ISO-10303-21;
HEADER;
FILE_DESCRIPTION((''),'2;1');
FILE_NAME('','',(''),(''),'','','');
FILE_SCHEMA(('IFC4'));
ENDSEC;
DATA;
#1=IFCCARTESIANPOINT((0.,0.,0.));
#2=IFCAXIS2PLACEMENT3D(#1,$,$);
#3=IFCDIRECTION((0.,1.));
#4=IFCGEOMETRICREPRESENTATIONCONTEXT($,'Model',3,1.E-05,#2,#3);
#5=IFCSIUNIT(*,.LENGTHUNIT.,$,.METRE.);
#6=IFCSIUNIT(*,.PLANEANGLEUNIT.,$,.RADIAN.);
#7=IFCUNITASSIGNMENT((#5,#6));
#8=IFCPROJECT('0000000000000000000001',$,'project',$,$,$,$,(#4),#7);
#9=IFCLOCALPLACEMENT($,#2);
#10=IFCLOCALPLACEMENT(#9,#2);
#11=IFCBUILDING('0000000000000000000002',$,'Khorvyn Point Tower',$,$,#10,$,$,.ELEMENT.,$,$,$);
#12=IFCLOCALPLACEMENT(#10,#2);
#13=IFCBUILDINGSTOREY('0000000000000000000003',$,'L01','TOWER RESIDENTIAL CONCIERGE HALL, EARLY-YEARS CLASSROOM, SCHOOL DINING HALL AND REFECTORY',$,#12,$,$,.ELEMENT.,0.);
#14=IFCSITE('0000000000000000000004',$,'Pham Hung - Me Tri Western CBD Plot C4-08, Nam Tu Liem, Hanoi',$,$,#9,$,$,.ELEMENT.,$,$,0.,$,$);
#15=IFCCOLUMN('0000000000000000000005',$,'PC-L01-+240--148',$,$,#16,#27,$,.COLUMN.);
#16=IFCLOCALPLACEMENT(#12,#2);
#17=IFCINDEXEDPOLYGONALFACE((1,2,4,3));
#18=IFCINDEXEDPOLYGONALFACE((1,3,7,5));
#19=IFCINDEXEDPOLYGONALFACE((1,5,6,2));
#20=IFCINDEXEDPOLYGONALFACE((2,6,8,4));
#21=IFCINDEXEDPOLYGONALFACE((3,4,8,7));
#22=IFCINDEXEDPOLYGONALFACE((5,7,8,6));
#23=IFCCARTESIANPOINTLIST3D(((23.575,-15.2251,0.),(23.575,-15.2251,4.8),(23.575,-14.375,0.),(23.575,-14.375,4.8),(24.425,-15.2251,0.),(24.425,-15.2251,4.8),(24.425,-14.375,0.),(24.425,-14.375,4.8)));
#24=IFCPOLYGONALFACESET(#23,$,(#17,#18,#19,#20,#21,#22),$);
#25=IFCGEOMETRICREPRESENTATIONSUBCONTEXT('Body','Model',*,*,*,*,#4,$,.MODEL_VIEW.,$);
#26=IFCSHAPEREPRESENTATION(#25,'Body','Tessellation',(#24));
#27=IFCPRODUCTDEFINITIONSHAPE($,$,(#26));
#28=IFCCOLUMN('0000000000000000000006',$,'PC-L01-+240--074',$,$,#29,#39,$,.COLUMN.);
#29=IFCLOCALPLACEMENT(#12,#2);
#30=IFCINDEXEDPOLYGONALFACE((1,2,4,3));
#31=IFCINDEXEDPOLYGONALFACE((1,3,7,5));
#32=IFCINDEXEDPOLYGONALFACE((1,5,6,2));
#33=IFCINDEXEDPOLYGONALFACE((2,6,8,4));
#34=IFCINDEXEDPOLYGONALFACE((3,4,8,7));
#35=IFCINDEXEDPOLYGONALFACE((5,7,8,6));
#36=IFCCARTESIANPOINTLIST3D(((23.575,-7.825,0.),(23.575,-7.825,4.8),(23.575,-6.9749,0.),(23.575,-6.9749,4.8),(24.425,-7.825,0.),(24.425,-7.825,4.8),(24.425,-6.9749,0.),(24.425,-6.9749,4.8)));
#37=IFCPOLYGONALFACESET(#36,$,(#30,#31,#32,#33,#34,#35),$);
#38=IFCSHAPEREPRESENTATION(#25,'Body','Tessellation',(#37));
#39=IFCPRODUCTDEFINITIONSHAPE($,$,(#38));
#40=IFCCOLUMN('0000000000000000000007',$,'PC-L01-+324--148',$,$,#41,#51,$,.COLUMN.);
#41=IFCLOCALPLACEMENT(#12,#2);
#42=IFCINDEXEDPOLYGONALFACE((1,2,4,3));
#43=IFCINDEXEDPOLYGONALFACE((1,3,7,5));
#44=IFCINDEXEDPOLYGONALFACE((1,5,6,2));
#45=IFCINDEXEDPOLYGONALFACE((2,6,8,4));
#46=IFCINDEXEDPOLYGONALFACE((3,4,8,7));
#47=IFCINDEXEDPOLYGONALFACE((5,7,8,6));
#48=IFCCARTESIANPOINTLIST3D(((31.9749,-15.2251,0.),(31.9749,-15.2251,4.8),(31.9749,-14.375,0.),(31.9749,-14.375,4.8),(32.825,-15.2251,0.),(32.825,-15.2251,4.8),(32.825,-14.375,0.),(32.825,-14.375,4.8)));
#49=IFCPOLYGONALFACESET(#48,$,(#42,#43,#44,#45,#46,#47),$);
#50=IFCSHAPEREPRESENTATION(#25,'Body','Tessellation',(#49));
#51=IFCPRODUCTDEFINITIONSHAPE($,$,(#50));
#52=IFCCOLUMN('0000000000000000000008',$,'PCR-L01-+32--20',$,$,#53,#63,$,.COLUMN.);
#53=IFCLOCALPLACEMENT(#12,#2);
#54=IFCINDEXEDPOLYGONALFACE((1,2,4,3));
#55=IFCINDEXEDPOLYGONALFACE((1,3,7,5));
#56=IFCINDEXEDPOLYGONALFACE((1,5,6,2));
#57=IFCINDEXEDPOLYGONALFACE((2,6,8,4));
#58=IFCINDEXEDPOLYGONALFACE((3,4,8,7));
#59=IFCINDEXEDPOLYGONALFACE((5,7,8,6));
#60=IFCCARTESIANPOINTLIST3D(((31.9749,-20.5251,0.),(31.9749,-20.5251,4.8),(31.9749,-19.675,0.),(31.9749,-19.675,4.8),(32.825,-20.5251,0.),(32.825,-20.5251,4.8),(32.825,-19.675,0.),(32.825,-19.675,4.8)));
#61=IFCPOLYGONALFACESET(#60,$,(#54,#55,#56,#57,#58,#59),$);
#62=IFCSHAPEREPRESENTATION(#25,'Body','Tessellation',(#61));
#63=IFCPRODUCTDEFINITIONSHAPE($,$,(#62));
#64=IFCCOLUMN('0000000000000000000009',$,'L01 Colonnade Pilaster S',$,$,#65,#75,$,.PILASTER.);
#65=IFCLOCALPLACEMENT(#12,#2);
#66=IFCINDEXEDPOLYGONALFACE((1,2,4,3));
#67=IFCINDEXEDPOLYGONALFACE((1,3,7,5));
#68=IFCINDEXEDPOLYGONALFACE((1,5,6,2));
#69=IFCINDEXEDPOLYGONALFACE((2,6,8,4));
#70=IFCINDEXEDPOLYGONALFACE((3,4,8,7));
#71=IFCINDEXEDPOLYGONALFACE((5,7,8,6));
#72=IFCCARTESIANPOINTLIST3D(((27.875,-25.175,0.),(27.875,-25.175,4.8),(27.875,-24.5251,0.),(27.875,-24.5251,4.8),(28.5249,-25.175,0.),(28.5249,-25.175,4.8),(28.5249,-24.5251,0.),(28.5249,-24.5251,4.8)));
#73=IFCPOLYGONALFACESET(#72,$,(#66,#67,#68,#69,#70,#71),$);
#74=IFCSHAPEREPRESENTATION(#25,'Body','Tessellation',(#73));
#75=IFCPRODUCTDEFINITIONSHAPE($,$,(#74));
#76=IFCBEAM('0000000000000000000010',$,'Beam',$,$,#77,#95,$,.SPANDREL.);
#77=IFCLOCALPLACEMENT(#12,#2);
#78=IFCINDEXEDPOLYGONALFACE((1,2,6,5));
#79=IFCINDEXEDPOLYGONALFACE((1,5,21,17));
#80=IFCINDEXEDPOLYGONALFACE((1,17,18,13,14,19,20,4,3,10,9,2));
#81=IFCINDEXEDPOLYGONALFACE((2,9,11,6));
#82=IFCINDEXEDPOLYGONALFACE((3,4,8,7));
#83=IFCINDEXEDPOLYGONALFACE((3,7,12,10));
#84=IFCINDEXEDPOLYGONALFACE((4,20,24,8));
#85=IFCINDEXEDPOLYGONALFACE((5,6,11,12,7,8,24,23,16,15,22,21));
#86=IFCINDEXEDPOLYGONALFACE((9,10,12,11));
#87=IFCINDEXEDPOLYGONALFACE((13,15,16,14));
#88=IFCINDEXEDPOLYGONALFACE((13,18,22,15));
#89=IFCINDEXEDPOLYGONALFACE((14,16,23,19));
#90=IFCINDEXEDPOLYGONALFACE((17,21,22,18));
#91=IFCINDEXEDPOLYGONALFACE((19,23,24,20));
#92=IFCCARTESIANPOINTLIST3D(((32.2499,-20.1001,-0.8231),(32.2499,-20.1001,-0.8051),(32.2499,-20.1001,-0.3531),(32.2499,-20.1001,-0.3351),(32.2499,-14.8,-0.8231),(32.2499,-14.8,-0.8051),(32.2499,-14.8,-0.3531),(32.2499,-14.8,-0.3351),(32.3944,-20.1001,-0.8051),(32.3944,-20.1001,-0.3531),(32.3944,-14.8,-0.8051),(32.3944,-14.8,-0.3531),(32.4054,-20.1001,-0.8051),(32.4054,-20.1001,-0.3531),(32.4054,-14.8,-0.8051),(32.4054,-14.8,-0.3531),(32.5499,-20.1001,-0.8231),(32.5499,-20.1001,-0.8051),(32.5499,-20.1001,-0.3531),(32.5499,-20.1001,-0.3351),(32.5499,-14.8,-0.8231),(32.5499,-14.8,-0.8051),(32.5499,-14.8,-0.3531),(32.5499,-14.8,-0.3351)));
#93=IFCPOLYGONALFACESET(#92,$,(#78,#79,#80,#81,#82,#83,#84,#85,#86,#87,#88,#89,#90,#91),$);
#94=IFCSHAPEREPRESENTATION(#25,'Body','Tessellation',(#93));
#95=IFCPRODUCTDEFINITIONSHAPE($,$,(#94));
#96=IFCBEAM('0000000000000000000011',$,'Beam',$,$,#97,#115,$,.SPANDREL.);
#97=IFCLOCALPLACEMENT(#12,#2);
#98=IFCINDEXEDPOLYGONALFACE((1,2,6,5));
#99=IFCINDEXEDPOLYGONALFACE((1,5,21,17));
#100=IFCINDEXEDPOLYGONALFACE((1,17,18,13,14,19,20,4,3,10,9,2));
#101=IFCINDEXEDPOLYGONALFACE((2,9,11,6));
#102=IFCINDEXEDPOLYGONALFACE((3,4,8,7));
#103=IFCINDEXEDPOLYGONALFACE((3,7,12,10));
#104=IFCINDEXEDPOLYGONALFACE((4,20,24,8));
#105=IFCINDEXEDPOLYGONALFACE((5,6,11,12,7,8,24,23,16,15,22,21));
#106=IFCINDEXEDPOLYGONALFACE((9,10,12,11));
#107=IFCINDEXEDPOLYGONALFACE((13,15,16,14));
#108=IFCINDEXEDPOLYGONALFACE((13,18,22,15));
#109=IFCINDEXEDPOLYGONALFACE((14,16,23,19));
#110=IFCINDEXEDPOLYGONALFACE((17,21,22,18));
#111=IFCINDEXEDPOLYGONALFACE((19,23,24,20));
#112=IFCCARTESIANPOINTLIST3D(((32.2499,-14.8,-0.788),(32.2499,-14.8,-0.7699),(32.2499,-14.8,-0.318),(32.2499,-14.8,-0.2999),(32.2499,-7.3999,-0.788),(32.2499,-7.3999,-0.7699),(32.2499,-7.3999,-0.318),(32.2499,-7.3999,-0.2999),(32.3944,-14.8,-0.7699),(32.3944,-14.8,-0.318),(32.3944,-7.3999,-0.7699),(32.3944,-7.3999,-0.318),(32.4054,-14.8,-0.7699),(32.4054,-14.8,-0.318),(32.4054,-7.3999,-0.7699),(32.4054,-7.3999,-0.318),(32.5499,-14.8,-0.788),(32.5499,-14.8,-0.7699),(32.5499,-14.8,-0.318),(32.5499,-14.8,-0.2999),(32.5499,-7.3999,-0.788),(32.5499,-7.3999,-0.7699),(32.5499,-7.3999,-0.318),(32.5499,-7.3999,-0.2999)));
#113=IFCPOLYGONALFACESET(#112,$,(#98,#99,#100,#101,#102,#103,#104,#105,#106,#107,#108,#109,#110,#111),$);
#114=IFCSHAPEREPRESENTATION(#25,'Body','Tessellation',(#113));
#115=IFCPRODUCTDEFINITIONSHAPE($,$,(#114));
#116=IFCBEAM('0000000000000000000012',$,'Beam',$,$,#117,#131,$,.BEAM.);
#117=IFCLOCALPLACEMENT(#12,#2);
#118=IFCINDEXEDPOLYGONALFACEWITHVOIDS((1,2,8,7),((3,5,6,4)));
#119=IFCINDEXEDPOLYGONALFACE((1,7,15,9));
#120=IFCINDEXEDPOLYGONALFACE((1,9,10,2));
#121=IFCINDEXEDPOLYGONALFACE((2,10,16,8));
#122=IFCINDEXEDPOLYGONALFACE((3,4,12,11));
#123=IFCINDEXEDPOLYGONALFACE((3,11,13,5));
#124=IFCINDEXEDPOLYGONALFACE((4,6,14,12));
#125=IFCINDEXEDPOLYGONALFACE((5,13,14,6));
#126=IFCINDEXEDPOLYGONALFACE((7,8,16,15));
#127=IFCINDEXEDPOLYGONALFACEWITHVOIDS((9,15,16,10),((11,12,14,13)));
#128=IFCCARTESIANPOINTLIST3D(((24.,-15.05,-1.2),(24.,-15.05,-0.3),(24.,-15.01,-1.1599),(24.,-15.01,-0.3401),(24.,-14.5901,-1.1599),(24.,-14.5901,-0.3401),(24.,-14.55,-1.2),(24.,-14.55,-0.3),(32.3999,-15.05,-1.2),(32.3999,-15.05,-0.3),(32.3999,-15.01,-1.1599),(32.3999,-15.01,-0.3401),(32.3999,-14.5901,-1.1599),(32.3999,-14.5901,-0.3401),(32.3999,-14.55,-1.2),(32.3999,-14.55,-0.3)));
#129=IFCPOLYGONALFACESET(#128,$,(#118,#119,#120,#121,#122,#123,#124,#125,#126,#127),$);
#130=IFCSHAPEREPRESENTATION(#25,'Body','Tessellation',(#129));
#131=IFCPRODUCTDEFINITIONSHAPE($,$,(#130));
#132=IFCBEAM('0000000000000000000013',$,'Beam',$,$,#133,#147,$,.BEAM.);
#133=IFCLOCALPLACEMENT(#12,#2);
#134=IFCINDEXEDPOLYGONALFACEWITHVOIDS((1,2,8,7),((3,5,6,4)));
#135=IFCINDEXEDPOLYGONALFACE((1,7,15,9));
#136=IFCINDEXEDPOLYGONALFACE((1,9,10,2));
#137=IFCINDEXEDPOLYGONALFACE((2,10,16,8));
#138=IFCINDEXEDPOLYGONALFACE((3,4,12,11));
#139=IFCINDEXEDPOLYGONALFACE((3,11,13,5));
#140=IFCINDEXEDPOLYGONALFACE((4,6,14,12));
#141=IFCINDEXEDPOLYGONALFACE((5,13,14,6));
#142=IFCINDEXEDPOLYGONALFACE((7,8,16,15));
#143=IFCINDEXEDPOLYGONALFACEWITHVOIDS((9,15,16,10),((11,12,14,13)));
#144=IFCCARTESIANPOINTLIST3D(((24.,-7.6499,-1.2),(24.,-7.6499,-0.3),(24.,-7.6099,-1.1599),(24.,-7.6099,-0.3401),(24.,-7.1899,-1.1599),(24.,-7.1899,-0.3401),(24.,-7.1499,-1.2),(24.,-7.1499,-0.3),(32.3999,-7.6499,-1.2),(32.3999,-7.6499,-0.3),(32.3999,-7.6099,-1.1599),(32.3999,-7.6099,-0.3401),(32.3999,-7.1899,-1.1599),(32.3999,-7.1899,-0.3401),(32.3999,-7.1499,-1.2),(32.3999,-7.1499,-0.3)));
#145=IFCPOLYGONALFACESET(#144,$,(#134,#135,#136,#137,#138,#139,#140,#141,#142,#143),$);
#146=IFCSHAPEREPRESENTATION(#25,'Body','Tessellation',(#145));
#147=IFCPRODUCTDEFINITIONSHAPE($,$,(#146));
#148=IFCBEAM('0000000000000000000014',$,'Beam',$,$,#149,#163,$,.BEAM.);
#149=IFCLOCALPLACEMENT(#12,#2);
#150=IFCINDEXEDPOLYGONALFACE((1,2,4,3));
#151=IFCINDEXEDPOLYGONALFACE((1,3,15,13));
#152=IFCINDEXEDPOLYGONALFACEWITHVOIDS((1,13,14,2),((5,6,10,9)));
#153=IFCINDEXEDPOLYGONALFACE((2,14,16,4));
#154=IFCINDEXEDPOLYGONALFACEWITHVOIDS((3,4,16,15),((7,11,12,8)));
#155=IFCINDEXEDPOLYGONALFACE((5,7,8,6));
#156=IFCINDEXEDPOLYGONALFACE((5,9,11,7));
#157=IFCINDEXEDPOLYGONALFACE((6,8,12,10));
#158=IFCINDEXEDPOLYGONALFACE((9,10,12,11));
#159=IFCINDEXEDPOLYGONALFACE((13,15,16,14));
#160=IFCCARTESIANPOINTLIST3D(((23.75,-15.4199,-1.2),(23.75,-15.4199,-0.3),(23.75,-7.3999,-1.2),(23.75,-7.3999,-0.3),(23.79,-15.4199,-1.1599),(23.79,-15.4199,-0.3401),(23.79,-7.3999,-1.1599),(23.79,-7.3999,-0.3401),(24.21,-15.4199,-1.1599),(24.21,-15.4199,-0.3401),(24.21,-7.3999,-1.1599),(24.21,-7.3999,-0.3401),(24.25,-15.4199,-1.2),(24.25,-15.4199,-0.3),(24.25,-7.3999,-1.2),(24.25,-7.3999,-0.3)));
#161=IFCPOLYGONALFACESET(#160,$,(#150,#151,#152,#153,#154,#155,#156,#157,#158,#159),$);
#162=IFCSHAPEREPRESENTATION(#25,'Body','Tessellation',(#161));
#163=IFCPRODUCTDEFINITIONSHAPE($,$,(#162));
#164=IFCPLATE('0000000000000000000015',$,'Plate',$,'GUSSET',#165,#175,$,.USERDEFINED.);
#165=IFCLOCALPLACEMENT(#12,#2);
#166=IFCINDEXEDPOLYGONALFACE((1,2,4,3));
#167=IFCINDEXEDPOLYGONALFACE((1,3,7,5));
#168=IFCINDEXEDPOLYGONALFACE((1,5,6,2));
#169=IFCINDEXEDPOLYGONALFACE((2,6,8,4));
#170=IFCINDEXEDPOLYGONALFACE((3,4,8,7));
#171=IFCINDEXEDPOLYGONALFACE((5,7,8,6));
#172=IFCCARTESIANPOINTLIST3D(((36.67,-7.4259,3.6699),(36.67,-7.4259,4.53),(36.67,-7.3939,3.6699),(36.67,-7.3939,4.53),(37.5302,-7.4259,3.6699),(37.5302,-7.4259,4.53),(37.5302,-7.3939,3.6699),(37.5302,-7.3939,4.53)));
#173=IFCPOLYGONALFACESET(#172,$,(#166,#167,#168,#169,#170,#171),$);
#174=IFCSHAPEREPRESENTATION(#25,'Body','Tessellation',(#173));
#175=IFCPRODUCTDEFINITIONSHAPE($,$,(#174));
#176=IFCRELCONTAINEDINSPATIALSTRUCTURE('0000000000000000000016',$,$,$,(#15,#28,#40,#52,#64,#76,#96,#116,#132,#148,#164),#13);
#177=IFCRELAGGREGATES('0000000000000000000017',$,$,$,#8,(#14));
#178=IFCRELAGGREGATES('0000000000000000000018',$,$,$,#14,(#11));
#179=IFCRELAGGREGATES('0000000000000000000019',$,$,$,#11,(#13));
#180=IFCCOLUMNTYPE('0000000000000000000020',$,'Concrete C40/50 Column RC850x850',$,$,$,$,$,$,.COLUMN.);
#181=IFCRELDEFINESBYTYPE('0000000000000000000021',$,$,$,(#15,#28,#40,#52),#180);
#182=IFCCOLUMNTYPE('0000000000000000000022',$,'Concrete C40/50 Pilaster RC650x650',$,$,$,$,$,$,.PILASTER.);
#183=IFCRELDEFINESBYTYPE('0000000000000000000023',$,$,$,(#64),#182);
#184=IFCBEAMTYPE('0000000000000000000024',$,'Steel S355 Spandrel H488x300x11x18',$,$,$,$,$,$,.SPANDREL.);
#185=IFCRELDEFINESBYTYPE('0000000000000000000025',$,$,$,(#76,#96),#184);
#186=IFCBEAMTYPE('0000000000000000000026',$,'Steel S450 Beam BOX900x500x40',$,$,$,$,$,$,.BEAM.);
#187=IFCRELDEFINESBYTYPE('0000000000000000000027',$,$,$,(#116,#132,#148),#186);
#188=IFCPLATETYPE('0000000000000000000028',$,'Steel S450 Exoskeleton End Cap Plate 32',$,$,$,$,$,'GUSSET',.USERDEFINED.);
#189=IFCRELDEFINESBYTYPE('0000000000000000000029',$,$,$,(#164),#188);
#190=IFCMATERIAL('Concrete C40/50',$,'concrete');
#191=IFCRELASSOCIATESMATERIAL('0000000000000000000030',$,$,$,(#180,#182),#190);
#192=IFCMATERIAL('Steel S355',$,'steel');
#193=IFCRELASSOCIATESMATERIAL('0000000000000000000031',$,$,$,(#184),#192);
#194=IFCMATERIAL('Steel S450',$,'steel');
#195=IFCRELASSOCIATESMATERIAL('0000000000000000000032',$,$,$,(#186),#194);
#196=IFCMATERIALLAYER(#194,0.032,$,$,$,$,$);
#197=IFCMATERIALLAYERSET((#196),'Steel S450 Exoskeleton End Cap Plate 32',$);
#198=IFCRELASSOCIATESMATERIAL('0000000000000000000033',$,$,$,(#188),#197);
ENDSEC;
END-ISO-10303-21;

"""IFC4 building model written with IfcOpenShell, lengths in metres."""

from ifc_helpers import new_model, si_unit, direction, frame, origin, origin_2d, place, context, subcontext, project, spatial, rectangle, hollow_rectangle, i_section, extrude, material, layer, layer_set, material_profile, profile_set, type_object, element, save


model = new_model("IFC4")

# Units and contexts
model_context = context("Model", 3, precision=1e-05, world=origin(), true_north=direction((0.0, 1.0)))
body_context = subcontext(model_context, "Body", "Model", "MODEL_VIEW")
ifc_project = project(units=[si_unit("LENGTHUNIT", "METRE"), si_unit("PLANEANGLEUNIT", "RADIAN")], contexts=[model_context])

# Site, building, storey
site_placement = place(None, origin())
site = spatial("IfcSite", under=ifc_project, at=site_placement, Name="Pham Hung - Me Tri Western CBD Plot C4-08, Nam Tu Liem, Hanoi", CompositionType="ELEMENT", RefElevation=0.0)
building_placement = place(site_placement, origin())
building = spatial("IfcBuilding", under=site, at=building_placement, Name="Khorvyn Point Tower", CompositionType="ELEMENT")
storey_placement = place(building_placement, origin())
storey = spatial("IfcBuildingStorey", under=building, at=storey_placement, Name="L01", Description="TOWER RESIDENTIAL CONCIERGE HALL, EARLY-YEARS CLASSROOM, SCHOOL DINING HALL AND REFECTORY", CompositionType="ELEMENT", Elevation=0.0)

# Columns
ifc_material_1 = material(Name="Concrete C40/50", Category="concrete")
ifc_material_profile_1 = material_profile(ifc_material_1, rectangle(XDim=0.8501, YDim=0.8501, at=origin_2d()))
ifc_profile_set_1 = profile_set([ifc_material_profile_1], Name="Concrete C40/50 RC850x850")
column_type_1 = type_object("IfcColumnType", Name="Concrete C40/50 Column RC850x850", PredefinedType="COLUMN", material=ifc_profile_set_1)
for number, where, z_axis, x_axis, name in (
    (1, (24.0, -14.8, 0.0), (0.0, 0.0, 1.0), (1.0, 0.0, 0.0), "PC-L01-+240--148"),
    (2, (24.0, -7.3999, 0.0), (0.0, 0.0, 1.0), (1.0, 0.0, 0.0), "PC-L01-+240--074"),
    (3, (32.3999, -14.8, 0.0), (0.0, 0.0, 1.0), (1.0, 0.0, 0.0), "PC-L01-+324--148"),
    (4, (32.3999, -20.1001, 0.0), (0.0, 0.0, 1.0), (1.0, 0.0, 0.0), "PCR-L01-+32--20"),
):
    element("IfcColumn", number, at=place(storey_placement, frame(where, z_axis=z_axis, x_axis=x_axis)), inside=storey, type_object=column_type_1, Name=name, PredefinedType="COLUMN", context=body_context, shape_type="SweptSolid", body=[
        extrude(rectangle(XDim=0.8501, YDim=0.8501, at=origin_2d()), origin(), (0.0, 0.0, 1.0), 4.8),
    ])
ifc_material_profile_2 = material_profile(ifc_material_1, rectangle(XDim=0.6499, YDim=0.6499, at=origin_2d()))
ifc_profile_set_2 = profile_set([ifc_material_profile_2], Name="Concrete C40/50 RC650x650")
column_type_2 = type_object("IfcColumnType", Name="Concrete C40/50 Pilaster RC650x650", PredefinedType="PILASTER", material=ifc_profile_set_2)
column_placement = place(storey_placement, frame((28.2, -24.8501, 0.0), z_axis=(0.0, 0.0, 1.0), x_axis=(1.0, 0.0, 0.0)))
element("IfcColumn", 5, at=column_placement, inside=storey, type_object=column_type_2, Name="L01 Colonnade Pilaster S", PredefinedType="PILASTER", context=body_context, shape_type="SweptSolid", body=[
    extrude(rectangle(XDim=0.6499, YDim=0.6499, at=origin_2d()), origin(), (0.0, 0.0, 1.0), 4.8),
])

# Beams
ifc_material_2 = material(Name="Steel S355", Category="steel")
ifc_material_profile_3 = material_profile(ifc_material_2, i_section(OverallWidth=0.3, OverallDepth=0.488, WebThickness=0.011, FlangeThickness=0.0181, at=origin_2d()))
ifc_profile_set_3 = profile_set([ifc_material_profile_3], Name="Steel S355 H488x300x11x18")
beam_type_1 = type_object("IfcBeamType", Name="Steel S355 Spandrel H488x300x11x18", PredefinedType="SPANDREL", material=ifc_profile_set_3)
beam_1_placement = place(storey_placement, frame((32.3999, -20.1001, -0.5791), z_axis=(0.0, 1.0, 0.0), x_axis=(-1.0, 0.0, 0.0)))
element("IfcBeam", 6, at=beam_1_placement, inside=storey, type_object=beam_type_1, Name="Beam", PredefinedType="SPANDREL", context=body_context, shape_type="SweptSolid", body=[
    extrude(i_section(OverallWidth=0.3, OverallDepth=0.488, WebThickness=0.011, FlangeThickness=0.0181, at=origin_2d()), origin(), (0.0, 0.0, 1.0), 5.3),
])
beam_2_placement = place(storey_placement, frame((32.3999, -14.8, -0.5439), z_axis=(0.0, 1.0, 0.0), x_axis=(-1.0, 0.0, 0.0)))
element("IfcBeam", 7, at=beam_2_placement, inside=storey, type_object=beam_type_1, Name="Beam", PredefinedType="SPANDREL", context=body_context, shape_type="SweptSolid", body=[
    extrude(i_section(OverallWidth=0.3, OverallDepth=0.488, WebThickness=0.011, FlangeThickness=0.0181, at=origin_2d()), origin(), (0.0, 0.0, 1.0), 7.4001),
])
ifc_material_3 = material(Name="Steel S450", Category="steel")
ifc_material_profile_4 = material_profile(ifc_material_3, hollow_rectangle(XDim=0.5, YDim=0.8999, WallThickness=0.04, at=origin_2d()))
ifc_profile_set_4 = profile_set([ifc_material_profile_4], Name="Steel S450 BOX900x500x40")
beam_type_2 = type_object("IfcBeamType", Name="Steel S450 Beam BOX900x500x40", PredefinedType="BEAM", material=ifc_profile_set_4)
for number, where, z_axis, x_axis, name in (
    (8, (24.0, -14.8, -0.75), (1.0, 0.0, 0.0), (0.0, 1.0, 0.0), "Beam"),
    (9, (24.0, -7.3999, -0.75), (1.0, 0.0, 0.0), (0.0, 1.0, 0.0), "Beam"),
):
    element("IfcBeam", number, at=place(storey_placement, frame(where, z_axis=z_axis, x_axis=x_axis)), inside=storey, type_object=beam_type_2, Name=name, PredefinedType="BEAM", context=body_context, shape_type="SweptSolid", body=[
        extrude(hollow_rectangle(XDim=0.5, YDim=0.8999, WallThickness=0.04, at=origin_2d()), origin(), (0.0, 0.0, 1.0), 8.3999),
    ])
beam_3_placement = place(storey_placement, frame((24.0, -15.4199, -0.75), z_axis=(0.0, 1.0, 0.0), x_axis=(-1.0, 0.0, 0.0)))
element("IfcBeam", 10, at=beam_3_placement, inside=storey, type_object=beam_type_2, Name="Beam", PredefinedType="BEAM", context=body_context, shape_type="SweptSolid", body=[
    extrude(hollow_rectangle(XDim=0.5, YDim=0.8999, WallThickness=0.04, at=origin_2d()), origin(), (0.0, 0.0, 1.0), 8.02),
])

# Plate
ifc_layer_1 = layer(ifc_material_3, 0.032)
ifc_layer_set_1 = layer_set([ifc_layer_1], Name="Steel S450 Exoskeleton End Cap Plate 32")
plate_type = type_object("IfcPlateType", Name="Steel S450 Exoskeleton End Cap Plate 32", ElementType="GUSSET", PredefinedType="USERDEFINED", material=ifc_layer_set_1)
plate_placement = place(storey_placement, frame((37.1001, -7.4099, 3.6699), z_axis=(0.0, 0.0, 1.0), x_axis=(1.0, 0.0, 0.0)))
element("IfcPlate", 11, at=plate_placement, inside=storey, type_object=plate_type, Name="Plate", ObjectType="GUSSET", PredefinedType="USERDEFINED", context=body_context, shape_type="SweptSolid", body=[
    extrude(rectangle(XDim=0.8601, YDim=0.032, at=origin_2d()), origin(), (0.0, 0.0, 1.0), 0.8601),
])

save(model, "model.ifc")
